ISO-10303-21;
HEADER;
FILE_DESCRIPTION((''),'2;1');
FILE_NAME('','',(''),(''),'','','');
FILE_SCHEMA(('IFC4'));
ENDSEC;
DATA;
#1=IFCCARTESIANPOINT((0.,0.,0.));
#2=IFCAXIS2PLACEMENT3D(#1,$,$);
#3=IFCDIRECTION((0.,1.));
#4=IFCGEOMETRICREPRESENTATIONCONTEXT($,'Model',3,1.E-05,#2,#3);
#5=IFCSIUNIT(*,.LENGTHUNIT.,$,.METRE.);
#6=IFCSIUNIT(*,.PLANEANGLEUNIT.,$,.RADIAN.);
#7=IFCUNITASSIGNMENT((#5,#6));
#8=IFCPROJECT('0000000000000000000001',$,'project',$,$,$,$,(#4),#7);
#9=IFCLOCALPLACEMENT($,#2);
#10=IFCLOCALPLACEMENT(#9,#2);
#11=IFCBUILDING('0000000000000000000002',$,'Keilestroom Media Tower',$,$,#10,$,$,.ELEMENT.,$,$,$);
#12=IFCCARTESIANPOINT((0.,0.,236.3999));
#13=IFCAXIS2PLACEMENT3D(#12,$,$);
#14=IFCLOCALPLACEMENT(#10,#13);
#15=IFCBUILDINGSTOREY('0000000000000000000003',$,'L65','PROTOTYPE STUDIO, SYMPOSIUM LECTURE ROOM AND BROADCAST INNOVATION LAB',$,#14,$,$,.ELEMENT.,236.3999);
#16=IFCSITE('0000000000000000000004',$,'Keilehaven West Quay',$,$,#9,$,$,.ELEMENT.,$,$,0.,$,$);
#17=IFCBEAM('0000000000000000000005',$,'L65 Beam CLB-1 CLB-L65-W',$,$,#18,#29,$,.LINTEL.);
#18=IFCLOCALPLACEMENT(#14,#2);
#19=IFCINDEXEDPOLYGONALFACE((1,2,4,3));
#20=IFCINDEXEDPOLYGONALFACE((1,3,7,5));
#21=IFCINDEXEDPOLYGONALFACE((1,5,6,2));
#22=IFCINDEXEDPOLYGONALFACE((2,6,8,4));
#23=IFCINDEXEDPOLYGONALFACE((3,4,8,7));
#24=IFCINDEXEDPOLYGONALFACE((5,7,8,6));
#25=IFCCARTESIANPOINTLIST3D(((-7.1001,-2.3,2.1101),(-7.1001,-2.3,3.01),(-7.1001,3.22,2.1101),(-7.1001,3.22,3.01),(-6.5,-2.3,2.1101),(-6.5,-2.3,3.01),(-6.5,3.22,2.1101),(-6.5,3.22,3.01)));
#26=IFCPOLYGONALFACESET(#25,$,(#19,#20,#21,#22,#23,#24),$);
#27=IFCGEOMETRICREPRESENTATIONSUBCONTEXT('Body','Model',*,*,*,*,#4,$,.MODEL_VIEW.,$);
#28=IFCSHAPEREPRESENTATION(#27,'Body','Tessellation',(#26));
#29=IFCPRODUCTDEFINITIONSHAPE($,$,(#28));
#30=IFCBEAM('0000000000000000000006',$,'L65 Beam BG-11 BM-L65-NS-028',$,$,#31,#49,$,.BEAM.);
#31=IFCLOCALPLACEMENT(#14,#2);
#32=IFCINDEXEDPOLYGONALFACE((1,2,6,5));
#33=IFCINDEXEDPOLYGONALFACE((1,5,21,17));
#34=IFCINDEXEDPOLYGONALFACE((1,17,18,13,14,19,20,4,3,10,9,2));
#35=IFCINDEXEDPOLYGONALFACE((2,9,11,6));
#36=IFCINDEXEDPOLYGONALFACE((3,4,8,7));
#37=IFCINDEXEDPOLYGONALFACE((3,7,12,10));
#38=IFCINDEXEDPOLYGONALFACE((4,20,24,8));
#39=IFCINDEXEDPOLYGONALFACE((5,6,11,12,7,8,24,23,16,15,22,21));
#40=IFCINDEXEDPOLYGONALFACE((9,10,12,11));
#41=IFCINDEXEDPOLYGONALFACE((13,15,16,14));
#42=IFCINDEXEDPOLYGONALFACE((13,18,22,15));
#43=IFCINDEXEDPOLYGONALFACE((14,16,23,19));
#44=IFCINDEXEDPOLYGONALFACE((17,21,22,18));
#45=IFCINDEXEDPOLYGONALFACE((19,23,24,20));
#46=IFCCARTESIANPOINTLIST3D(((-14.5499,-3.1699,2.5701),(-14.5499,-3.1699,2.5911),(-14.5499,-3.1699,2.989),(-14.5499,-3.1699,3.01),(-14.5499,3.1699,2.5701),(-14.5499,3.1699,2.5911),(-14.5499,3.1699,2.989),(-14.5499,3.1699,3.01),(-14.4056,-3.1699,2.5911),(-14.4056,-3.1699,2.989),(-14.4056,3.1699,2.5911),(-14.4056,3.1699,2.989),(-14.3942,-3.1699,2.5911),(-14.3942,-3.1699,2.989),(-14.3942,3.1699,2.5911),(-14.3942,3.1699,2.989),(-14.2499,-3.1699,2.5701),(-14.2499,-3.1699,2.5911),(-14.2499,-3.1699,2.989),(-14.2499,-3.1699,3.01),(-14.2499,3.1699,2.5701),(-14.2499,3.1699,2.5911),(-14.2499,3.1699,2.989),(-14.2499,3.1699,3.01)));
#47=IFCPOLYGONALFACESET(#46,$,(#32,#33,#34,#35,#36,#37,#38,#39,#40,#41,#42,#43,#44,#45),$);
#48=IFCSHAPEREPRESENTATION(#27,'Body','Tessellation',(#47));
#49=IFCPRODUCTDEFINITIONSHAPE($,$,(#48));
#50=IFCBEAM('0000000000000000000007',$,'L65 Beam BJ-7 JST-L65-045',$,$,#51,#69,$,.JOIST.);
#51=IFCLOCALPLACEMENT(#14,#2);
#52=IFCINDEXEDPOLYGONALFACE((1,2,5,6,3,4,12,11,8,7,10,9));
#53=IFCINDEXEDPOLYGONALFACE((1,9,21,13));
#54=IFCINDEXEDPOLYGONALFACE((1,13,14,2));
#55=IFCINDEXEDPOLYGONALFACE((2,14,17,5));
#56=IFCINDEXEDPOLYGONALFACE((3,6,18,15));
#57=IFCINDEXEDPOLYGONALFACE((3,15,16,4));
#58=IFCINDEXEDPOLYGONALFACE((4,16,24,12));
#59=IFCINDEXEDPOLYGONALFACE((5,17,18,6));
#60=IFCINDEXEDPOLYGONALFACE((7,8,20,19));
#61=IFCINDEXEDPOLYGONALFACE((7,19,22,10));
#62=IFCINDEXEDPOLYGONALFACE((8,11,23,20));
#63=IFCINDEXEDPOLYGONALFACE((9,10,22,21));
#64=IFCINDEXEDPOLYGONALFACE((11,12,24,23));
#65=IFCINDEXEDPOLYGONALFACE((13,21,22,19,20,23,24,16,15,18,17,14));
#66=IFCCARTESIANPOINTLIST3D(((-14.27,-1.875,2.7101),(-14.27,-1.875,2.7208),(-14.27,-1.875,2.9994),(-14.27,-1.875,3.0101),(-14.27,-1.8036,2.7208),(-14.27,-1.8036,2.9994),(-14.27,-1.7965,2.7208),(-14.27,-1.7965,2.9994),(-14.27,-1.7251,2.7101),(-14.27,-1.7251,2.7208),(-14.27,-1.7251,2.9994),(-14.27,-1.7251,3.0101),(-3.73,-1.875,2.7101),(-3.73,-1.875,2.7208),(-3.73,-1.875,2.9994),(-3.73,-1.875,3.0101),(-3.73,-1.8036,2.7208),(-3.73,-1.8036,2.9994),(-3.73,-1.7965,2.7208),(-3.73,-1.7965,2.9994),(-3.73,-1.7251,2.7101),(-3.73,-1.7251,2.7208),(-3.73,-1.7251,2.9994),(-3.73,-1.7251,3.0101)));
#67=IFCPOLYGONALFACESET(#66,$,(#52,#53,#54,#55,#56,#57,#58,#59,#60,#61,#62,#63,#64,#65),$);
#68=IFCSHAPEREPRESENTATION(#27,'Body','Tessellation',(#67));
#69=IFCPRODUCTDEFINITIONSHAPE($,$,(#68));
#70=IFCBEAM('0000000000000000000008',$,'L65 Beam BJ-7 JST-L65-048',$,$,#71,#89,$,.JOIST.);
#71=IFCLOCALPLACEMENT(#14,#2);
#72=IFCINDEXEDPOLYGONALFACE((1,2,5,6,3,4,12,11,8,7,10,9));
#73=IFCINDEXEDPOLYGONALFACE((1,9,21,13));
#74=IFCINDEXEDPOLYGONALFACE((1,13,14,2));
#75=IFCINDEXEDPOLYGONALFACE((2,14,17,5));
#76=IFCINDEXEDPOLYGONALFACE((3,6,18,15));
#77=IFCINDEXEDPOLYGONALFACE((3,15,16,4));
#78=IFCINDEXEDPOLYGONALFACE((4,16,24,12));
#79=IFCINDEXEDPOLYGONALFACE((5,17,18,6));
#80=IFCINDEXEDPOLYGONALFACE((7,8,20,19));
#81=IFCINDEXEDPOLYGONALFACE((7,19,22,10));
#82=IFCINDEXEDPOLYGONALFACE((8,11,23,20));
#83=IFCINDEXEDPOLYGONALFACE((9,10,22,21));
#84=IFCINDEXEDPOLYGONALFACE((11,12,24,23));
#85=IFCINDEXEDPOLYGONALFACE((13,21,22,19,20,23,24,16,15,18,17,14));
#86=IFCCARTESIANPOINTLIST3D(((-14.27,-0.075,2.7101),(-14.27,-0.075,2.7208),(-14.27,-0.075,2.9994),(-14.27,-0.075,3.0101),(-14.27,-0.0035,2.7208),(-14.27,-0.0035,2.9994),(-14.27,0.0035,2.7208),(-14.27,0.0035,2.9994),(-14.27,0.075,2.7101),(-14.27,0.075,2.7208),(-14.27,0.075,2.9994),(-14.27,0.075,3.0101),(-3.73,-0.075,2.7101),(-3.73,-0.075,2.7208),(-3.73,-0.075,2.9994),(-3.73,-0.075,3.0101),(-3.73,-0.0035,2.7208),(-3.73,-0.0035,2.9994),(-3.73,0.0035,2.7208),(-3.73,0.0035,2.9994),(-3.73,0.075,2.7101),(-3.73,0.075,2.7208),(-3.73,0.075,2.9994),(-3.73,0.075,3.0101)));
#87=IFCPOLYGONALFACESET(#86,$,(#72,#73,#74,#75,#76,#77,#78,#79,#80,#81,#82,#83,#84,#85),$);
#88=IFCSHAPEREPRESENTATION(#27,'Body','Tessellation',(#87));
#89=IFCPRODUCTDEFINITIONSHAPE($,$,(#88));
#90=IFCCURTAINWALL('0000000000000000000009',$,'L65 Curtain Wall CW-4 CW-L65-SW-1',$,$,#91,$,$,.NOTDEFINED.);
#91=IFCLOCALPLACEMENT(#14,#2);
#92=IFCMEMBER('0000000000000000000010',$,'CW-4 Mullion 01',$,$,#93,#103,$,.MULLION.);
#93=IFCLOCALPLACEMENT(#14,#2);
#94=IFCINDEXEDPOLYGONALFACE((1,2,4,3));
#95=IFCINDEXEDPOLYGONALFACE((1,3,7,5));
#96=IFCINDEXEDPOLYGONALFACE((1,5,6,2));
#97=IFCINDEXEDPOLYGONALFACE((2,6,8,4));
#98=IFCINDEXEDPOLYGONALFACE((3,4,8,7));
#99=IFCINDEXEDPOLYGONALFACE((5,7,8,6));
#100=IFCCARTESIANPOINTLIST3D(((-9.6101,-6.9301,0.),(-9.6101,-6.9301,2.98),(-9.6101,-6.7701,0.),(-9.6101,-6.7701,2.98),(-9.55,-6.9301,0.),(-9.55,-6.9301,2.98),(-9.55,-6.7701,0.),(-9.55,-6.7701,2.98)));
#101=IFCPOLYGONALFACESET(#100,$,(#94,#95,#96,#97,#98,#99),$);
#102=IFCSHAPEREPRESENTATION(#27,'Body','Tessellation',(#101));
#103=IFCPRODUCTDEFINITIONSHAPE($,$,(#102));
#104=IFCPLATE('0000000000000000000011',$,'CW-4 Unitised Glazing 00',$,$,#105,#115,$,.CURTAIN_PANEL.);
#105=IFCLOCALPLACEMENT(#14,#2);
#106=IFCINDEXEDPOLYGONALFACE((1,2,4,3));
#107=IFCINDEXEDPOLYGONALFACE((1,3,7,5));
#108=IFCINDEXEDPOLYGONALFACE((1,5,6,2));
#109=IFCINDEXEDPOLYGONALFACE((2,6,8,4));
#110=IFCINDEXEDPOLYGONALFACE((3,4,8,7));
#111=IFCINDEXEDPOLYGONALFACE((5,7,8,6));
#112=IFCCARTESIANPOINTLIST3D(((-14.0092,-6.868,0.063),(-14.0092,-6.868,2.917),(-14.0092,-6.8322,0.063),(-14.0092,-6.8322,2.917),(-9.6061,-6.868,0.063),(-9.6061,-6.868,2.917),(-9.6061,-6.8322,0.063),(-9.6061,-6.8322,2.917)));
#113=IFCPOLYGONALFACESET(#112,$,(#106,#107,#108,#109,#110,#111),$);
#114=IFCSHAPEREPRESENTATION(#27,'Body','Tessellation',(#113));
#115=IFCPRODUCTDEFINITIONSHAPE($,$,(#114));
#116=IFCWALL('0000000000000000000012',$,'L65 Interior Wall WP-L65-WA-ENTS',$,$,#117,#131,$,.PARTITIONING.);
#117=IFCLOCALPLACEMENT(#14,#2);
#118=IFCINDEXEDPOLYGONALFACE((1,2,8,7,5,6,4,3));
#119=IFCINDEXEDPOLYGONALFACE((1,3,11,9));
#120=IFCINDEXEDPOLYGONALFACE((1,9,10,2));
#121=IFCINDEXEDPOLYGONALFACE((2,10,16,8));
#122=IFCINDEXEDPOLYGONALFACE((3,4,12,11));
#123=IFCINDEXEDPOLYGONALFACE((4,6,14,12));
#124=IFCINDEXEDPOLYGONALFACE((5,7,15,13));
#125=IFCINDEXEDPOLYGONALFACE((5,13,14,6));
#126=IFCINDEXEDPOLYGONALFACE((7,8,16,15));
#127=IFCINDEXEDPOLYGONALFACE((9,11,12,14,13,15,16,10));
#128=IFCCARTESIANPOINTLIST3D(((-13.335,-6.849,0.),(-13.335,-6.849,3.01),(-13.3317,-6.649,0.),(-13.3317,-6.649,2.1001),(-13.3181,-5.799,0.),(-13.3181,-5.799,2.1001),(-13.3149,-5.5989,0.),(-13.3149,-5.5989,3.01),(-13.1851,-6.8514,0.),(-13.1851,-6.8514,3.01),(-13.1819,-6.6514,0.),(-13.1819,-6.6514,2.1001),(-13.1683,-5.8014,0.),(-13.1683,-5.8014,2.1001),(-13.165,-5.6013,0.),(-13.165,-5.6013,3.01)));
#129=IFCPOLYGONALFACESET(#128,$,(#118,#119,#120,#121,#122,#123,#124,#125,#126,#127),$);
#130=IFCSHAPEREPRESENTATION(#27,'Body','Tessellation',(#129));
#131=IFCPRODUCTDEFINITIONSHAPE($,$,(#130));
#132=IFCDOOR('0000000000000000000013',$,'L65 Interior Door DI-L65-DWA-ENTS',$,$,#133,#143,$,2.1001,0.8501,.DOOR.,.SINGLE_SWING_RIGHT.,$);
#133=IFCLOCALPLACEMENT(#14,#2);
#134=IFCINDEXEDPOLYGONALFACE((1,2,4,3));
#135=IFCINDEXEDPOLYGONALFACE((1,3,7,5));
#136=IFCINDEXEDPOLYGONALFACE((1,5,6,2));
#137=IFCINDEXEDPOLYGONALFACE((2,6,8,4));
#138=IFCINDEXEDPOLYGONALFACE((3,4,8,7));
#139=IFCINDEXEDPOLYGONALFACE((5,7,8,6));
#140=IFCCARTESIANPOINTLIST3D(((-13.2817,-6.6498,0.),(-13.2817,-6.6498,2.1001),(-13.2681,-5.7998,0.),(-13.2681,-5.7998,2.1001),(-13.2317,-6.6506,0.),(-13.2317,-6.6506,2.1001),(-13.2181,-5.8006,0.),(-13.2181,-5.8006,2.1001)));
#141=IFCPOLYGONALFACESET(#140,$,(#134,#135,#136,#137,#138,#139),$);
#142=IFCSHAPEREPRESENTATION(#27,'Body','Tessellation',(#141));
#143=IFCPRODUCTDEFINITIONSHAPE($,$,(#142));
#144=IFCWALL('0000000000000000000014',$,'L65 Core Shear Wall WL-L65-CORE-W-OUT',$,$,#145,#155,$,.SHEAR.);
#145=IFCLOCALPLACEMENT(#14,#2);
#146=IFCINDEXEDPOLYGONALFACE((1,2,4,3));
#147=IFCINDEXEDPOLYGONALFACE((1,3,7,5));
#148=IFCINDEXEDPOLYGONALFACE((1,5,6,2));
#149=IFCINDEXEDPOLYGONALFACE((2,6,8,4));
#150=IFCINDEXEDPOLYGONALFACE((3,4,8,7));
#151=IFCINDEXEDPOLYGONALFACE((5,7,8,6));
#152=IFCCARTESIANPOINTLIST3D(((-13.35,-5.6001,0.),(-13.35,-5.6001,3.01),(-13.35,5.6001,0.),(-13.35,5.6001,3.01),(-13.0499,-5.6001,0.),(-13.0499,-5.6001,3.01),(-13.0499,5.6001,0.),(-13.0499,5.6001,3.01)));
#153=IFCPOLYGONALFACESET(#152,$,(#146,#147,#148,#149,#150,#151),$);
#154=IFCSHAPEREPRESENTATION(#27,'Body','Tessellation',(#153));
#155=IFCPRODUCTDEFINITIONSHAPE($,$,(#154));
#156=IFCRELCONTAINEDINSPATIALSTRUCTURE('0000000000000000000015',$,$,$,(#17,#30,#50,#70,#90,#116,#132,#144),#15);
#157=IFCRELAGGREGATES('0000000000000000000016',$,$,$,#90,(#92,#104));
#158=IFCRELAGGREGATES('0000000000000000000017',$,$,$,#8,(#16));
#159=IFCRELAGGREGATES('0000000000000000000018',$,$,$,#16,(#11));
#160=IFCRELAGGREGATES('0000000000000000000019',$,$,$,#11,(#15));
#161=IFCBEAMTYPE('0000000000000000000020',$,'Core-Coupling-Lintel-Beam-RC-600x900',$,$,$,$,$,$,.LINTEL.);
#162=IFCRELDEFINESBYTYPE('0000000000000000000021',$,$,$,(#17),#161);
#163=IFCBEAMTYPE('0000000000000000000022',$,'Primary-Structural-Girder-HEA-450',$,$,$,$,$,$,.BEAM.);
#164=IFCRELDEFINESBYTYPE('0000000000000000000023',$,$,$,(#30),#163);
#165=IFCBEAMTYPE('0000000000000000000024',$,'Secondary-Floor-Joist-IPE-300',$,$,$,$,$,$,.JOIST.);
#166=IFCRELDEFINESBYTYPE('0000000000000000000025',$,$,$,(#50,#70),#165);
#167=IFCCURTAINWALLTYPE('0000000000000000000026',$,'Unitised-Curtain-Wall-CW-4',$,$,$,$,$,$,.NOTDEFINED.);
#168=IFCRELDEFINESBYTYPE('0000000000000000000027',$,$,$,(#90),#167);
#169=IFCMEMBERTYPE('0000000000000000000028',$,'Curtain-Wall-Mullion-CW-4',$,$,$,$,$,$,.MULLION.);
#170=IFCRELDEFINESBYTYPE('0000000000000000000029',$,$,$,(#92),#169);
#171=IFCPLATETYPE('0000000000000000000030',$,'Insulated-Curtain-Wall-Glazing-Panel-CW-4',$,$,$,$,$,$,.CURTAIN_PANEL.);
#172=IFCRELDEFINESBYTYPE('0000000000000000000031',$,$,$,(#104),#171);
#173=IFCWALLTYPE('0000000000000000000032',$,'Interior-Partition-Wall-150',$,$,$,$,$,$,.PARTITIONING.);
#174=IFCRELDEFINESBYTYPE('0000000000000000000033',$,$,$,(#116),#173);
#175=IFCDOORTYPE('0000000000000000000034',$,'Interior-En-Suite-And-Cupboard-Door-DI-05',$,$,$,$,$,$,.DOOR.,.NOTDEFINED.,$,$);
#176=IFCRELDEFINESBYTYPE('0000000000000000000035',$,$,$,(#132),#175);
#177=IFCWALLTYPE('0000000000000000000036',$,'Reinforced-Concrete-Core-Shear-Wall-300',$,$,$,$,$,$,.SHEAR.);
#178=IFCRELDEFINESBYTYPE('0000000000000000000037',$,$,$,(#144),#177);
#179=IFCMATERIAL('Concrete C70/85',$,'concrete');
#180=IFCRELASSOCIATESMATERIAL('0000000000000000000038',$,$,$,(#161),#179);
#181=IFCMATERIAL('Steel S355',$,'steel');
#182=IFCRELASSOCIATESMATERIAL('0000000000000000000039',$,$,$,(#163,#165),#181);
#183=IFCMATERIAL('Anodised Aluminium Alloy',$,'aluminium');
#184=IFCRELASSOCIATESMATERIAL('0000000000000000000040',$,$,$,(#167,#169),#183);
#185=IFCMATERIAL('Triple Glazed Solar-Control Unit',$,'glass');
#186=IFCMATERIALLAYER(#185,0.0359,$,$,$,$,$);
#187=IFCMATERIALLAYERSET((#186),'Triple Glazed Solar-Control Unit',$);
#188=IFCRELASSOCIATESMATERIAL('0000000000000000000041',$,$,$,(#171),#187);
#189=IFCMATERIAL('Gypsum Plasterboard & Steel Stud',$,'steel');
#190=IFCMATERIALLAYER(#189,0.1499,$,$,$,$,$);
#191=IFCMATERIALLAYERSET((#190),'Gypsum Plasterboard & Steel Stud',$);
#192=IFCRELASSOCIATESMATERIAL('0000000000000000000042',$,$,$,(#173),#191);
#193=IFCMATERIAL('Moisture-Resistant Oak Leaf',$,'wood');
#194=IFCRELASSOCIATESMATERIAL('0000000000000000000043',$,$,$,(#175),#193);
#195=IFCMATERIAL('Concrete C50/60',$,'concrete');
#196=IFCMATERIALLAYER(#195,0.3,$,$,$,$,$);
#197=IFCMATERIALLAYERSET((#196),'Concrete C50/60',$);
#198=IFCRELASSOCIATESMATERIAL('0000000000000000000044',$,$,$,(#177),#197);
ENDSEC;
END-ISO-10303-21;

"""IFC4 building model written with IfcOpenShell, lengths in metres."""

from ifc_helpers import new_model, si_unit, direction, frame, frame_2d, origin, origin_2d, place, context, subcontext, project, spatial, rectangle, i_section, extrude, source, transform, mapped, material, layer, layer_set, material_profile, profile_set, type_object, element, fill, aggregate, save


model = new_model("IFC4")

# Units and contexts
model_context = context("Model", 3, precision=1e-05, world=origin(), true_north=direction((0.0, 1.0)))
body_context = subcontext(model_context, "Body", "Model", "MODEL_VIEW")
ifc_project = project(units=[si_unit("LENGTHUNIT", "METRE"), si_unit("PLANEANGLEUNIT", "RADIAN")], contexts=[model_context])

# Site, building, storey
site_placement = place(None, origin())
site = spatial("IfcSite", under=ifc_project, at=site_placement, Name="Keilehaven West Quay", CompositionType="ELEMENT", RefElevation=0.0)
building_placement = place(site_placement, origin())
building = spatial("IfcBuilding", under=site, at=building_placement, Name="Keilestroom Media Tower", CompositionType="ELEMENT")
storey_placement = place(building_placement, frame((0.0, 0.0, 236.3999)))
storey = spatial("IfcBuildingStorey", under=building, at=storey_placement, Name="L65", Description="PROTOTYPE STUDIO, SYMPOSIUM LECTURE ROOM AND BROADCAST INNOVATION LAB", CompositionType="ELEMENT", Elevation=236.3999)

# Beams
ifc_material_1 = material(Name="Concrete C70/85", Category="concrete")
ifc_material_profile_1 = material_profile(ifc_material_1, rectangle(XDim=0.6001, YDim=0.8999, at=origin_2d()), Name="RC 600x900")
ifc_profile_set_1 = profile_set([ifc_material_profile_1], Name="Concrete C70/85")
beam_type_1 = type_object("IfcBeamType", Name="Core-Coupling-Lintel-Beam-RC-600x900", PredefinedType="LINTEL", material=ifc_profile_set_1)
shared_shape_1 = source(origin(), body_context, "Body", "SweptSolid", [
    extrude(rectangle(XDim=0.6001, YDim=0.8999, at=origin_2d()), origin(), (0.0, 0.0, 1.0), 5.52),
])
beam_1_placement = place(storey_placement, frame((-6.8, -2.3, 2.5601), z_axis=(0.0, 1.0, 0.0), x_axis=(-1.0, 0.0, 0.0)))
element("IfcBeam", 1, at=beam_1_placement, inside=storey, type_object=beam_type_1, Name="L65 Beam CLB-1 CLB-L65-W", PredefinedType="LINTEL", context=body_context, shape_type="MappedRepresentation", body=[
    mapped(shared_shape_1, transform((0.0, 0.0, 0.0), x_axis=(1.0, 0.0, 0.0), y_axis=(0.0, 1.0, 0.0), z_axis=(0.0, 0.0, 1.0), scale=1.0)),
])
ifc_material_2 = material(Name="Steel S355", Category="steel")
ifc_material_profile_2 = material_profile(ifc_material_2, i_section(OverallWidth=0.3, OverallDepth=0.4399, WebThickness=0.0115, FlangeThickness=0.021, at=origin_2d()), Name="HEA 450")
ifc_profile_set_2 = profile_set([ifc_material_profile_2], Name="Steel S355")
beam_type_2 = type_object("IfcBeamType", Name="Primary-Structural-Girder-HEA-450", PredefinedType="BEAM", material=ifc_profile_set_2)
shared_shape_2 = source(origin(), body_context, "Body", "SweptSolid", [
    extrude(i_section(OverallWidth=0.3, OverallDepth=0.4399, WebThickness=0.0115, FlangeThickness=0.021, at=origin_2d()), origin(), (0.0, 0.0, 1.0), 6.3398),
])
beam_2_placement = place(storey_placement, frame((-14.3999, -3.1699, 2.79), z_axis=(0.0, 1.0, 0.0), x_axis=(-1.0, 0.0, 0.0)))
element("IfcBeam", 2, at=beam_2_placement, inside=storey, type_object=beam_type_2, Name="L65 Beam BG-11 BM-L65-NS-028", PredefinedType="BEAM", context=body_context, shape_type="MappedRepresentation", body=[
    mapped(shared_shape_2, transform((0.0, 0.0, 0.0), x_axis=(1.0, 0.0, 0.0), y_axis=(0.0, 1.0, 0.0), z_axis=(0.0, 0.0, 1.0), scale=1.0)),
])
ifc_material_profile_3 = material_profile(ifc_material_2, i_section(OverallWidth=0.1499, OverallDepth=0.3, WebThickness=0.0071, FlangeThickness=0.0107, at=origin_2d()), Name="IPE 300")
ifc_profile_set_3 = profile_set([ifc_material_profile_3], Name="Steel S355")
beam_type_3 = type_object("IfcBeamType", Name="Secondary-Floor-Joist-IPE-300", PredefinedType="JOIST", material=ifc_profile_set_3)
shared_shape_3 = source(origin(), body_context, "Body", "SweptSolid", [
    extrude(i_section(OverallWidth=0.1499, OverallDepth=0.3, WebThickness=0.0071, FlangeThickness=0.0107, at=origin_2d()), origin(), (0.0, 0.0, 1.0), 10.54),
])
for number, where, z_axis, x_axis, name in (
    (3, (-14.27, -1.8, 2.8601), (1.0, 0.0, 0.0), (0.0, 1.0, 0.0), "L65 Beam BJ-7 JST-L65-045"),
    (4, (-14.27, 0.0, 2.8601), (1.0, 0.0, 0.0), (0.0, 1.0, 0.0), "L65 Beam BJ-7 JST-L65-048"),
):
    element("IfcBeam", number, at=place(storey_placement, frame(where, z_axis=z_axis, x_axis=x_axis)), inside=storey, type_object=beam_type_3, Name=name, PredefinedType="JOIST", context=body_context, shape_type="MappedRepresentation", body=[
        mapped(shared_shape_3, transform((0.0, 0.0, 0.0), x_axis=(1.0, 0.0, 0.0), y_axis=(0.0, 1.0, 0.0), z_axis=(0.0, 0.0, 1.0), scale=1.0)),
    ])

# Curtain wall, member, plate
ifc_material_3 = material(Name="Anodised Aluminium Alloy", Category="aluminium")
curtain_wall_type = type_object("IfcCurtainWallType", Name="Unitised-Curtain-Wall-CW-4", PredefinedType="NOTDEFINED", material=ifc_material_3)
curtain_wall_placement = place(storey_placement, origin())
curtain_wall = element("IfcCurtainWall", 5, at=curtain_wall_placement, inside=storey, type_object=curtain_wall_type, Name="L65 Curtain Wall CW-4 CW-L65-SW-1", PredefinedType="NOTDEFINED")
ifc_material_profile_4 = material_profile(ifc_material_3, rectangle(XDim=0.0601, YDim=0.1599, at=origin_2d()), Name="ALU MULLION 60x160")
ifc_profile_set_4 = profile_set([ifc_material_profile_4], Name="Anodised Aluminium Alloy")
member_type = type_object("IfcMemberType", Name="Curtain-Wall-Mullion-CW-4", PredefinedType="MULLION", material=ifc_profile_set_4)
shared_shape_4 = source(origin(), body_context, "Body", "SweptSolid", [
    extrude(rectangle(XDim=0.0601, YDim=0.1599, at=origin_2d()), origin(), (0.0, 0.0, 1.0), 2.98),
])
member_placement = place(storey_placement, frame((-9.5801, -6.8501, 0.0), z_axis=(0.0, 0.0, 1.0), x_axis=(1.0, 0.0, 0.0)))
member = element("IfcMember", 6, at=member_placement, type_object=member_type, Name="CW-4 Mullion 01", PredefinedType="MULLION", context=body_context, shape_type="MappedRepresentation", body=[
    mapped(shared_shape_4, transform((0.0, 0.0, 0.0), x_axis=(1.0, 0.0, 0.0), y_axis=(0.0, 1.0, 0.0), z_axis=(0.0, 0.0, 1.0), scale=1.0)),
])
ifc_material_4 = material(Name="Triple Glazed Solar-Control Unit", Category="glass")
ifc_layer_1 = layer(ifc_material_4, 0.0359)
ifc_layer_set_1 = layer_set([ifc_layer_1], Name="Triple Glazed Solar-Control Unit")
plate_type = type_object("IfcPlateType", Name="Insulated-Curtain-Wall-Glazing-Panel-CW-4", PredefinedType="CURTAIN_PANEL", material=ifc_layer_set_1)
shared_shape_5 = source(origin(), body_context, "Body", "SweptSolid", [
    extrude(rectangle(XDim=4.4031, YDim=0.0359, at=origin_2d()), origin(), (0.0, 0.0, 1.0), 2.854),
])
plate_placement = place(storey_placement, frame((-11.8076, -6.8501, 0.063), z_axis=(0.0, 0.0, 1.0), x_axis=(1.0, 0.0, 0.0)))
plate = element("IfcPlate", 7, at=plate_placement, type_object=plate_type, Name="CW-4 Unitised Glazing 00", PredefinedType="CURTAIN_PANEL", context=body_context, shape_type="MappedRepresentation", body=[
    mapped(shared_shape_5, transform((0.0, 0.0, 0.0), x_axis=(1.0, 0.0, 0.0), y_axis=(0.0, 1.0, 0.0), z_axis=(0.0, 0.0, 1.0), scale=1.0)),
])
aggregate(curtain_wall, [member, plate])

# Wall, opening, door
ifc_material_5 = material(Name="Gypsum Plasterboard & Steel Stud", Category="steel")
ifc_layer_2 = layer(ifc_material_5, 0.1499)
ifc_layer_set_2 = layer_set([ifc_layer_2], Name="Gypsum Plasterboard & Steel Stud")
wall_type_1 = type_object("IfcWallType", Name="Interior-Partition-Wall-150", PredefinedType="PARTITIONING", material=ifc_layer_set_2)
wall_1_placement = place(storey_placement, frame((-13.26, -6.8501, 0.0), z_axis=(0.0, 0.0, 1.0), x_axis=(0.016014, 0.999872, 0.0)))
wall_1 = element("IfcWall", 8, at=wall_1_placement, inside=storey, type_object=wall_type_1, Name="L65 Interior Wall WP-L65-WA-ENTS", PredefinedType="PARTITIONING", context=body_context, shape_type="SweptSolid", body=[
    extrude(rectangle(XDim=1.2502, YDim=0.1499, at=frame_2d((0.625, 0.0))), origin(), (0.0, 0.0, 1.0), 3.01),
])
opening_1_placement = place(wall_1_placement, frame((0.2, 0.0, 0.0)))
opening_1 = element("IfcOpeningElement", 9, at=opening_1_placement, cuts=wall_1, PredefinedType="OPENING", context=body_context, shape_type="SweptSolid", body=[
    extrude(rectangle(XDim=0.8501, YDim=2.1001, at=frame_2d((0.425, 1.05))), frame((0.0, 0.085, 0.0), z_axis=(0.0, -1.0, 0.0), x_axis=(1.0, 0.0, 0.0)), (0.0, 0.0, 1.0), 0.1699),
])
ifc_material_6 = material(Name="Moisture-Resistant Oak Leaf", Category="wood")
door_type_1 = type_object("IfcDoorType", Name="Interior-En-Suite-And-Cupboard-Door-DI-05", OperationType="NOTDEFINED", PredefinedType="DOOR", material=ifc_material_6)
shared_shape_6 = source(origin(), body_context, "Body", "SweptSolid", [
    extrude(rectangle(XDim=0.8501, YDim=2.1001, at=frame_2d((0.425, 1.05))), frame((0.0, 0.0249, 0.0), z_axis=(0.0, -1.0, 0.0), x_axis=(1.0, 0.0, 0.0)), (0.0, 0.0, 1.0), 0.05),
])
door_1_placement = place(opening_1_placement, origin())
door_1 = element("IfcDoor", 10, at=door_1_placement, inside=storey, type_object=door_type_1, Name="L65 Interior Door DI-L65-DWA-ENTS", OperationType="SINGLE_SWING_RIGHT", OverallHeight=2.1001, OverallWidth=0.8501, PredefinedType="DOOR", context=body_context, shape_type="MappedRepresentation", body=[
    mapped(shared_shape_6, transform((0.0, 0.0, 0.0), x_axis=(1.0, 0.0, 0.0), y_axis=(0.0, 1.0, 0.0), z_axis=(0.0, 0.0, 1.0), scale=1.0)),
])
fill(opening_1, door_1)

# Wall
ifc_material_7 = material(Name="Concrete C50/60", Category="concrete")
ifc_layer_3 = layer(ifc_material_7, 0.3)
ifc_layer_set_3 = layer_set([ifc_layer_3], Name="Concrete C50/60")
wall_type_2 = type_object("IfcWallType", Name="Reinforced-Concrete-Core-Shear-Wall-300", PredefinedType="SHEAR", material=ifc_layer_set_3)
wall_2_placement = place(storey_placement, frame((-13.2, -5.6001, 0.0), z_axis=(0.0, 0.0, 1.0), x_axis=(0.0, 1.0, 0.0)))
element("IfcWall", 11, at=wall_2_placement, inside=storey, type_object=wall_type_2, Name="L65 Core Shear Wall WL-L65-CORE-W-OUT", PredefinedType="SHEAR", context=body_context, shape_type="SweptSolid", body=[
    extrude(rectangle(XDim=11.2002, YDim=0.3, at=frame_2d((5.6001, 0.0))), origin(), (0.0, 0.0, 1.0), 3.01),
])

save(model, "model.ifc")
